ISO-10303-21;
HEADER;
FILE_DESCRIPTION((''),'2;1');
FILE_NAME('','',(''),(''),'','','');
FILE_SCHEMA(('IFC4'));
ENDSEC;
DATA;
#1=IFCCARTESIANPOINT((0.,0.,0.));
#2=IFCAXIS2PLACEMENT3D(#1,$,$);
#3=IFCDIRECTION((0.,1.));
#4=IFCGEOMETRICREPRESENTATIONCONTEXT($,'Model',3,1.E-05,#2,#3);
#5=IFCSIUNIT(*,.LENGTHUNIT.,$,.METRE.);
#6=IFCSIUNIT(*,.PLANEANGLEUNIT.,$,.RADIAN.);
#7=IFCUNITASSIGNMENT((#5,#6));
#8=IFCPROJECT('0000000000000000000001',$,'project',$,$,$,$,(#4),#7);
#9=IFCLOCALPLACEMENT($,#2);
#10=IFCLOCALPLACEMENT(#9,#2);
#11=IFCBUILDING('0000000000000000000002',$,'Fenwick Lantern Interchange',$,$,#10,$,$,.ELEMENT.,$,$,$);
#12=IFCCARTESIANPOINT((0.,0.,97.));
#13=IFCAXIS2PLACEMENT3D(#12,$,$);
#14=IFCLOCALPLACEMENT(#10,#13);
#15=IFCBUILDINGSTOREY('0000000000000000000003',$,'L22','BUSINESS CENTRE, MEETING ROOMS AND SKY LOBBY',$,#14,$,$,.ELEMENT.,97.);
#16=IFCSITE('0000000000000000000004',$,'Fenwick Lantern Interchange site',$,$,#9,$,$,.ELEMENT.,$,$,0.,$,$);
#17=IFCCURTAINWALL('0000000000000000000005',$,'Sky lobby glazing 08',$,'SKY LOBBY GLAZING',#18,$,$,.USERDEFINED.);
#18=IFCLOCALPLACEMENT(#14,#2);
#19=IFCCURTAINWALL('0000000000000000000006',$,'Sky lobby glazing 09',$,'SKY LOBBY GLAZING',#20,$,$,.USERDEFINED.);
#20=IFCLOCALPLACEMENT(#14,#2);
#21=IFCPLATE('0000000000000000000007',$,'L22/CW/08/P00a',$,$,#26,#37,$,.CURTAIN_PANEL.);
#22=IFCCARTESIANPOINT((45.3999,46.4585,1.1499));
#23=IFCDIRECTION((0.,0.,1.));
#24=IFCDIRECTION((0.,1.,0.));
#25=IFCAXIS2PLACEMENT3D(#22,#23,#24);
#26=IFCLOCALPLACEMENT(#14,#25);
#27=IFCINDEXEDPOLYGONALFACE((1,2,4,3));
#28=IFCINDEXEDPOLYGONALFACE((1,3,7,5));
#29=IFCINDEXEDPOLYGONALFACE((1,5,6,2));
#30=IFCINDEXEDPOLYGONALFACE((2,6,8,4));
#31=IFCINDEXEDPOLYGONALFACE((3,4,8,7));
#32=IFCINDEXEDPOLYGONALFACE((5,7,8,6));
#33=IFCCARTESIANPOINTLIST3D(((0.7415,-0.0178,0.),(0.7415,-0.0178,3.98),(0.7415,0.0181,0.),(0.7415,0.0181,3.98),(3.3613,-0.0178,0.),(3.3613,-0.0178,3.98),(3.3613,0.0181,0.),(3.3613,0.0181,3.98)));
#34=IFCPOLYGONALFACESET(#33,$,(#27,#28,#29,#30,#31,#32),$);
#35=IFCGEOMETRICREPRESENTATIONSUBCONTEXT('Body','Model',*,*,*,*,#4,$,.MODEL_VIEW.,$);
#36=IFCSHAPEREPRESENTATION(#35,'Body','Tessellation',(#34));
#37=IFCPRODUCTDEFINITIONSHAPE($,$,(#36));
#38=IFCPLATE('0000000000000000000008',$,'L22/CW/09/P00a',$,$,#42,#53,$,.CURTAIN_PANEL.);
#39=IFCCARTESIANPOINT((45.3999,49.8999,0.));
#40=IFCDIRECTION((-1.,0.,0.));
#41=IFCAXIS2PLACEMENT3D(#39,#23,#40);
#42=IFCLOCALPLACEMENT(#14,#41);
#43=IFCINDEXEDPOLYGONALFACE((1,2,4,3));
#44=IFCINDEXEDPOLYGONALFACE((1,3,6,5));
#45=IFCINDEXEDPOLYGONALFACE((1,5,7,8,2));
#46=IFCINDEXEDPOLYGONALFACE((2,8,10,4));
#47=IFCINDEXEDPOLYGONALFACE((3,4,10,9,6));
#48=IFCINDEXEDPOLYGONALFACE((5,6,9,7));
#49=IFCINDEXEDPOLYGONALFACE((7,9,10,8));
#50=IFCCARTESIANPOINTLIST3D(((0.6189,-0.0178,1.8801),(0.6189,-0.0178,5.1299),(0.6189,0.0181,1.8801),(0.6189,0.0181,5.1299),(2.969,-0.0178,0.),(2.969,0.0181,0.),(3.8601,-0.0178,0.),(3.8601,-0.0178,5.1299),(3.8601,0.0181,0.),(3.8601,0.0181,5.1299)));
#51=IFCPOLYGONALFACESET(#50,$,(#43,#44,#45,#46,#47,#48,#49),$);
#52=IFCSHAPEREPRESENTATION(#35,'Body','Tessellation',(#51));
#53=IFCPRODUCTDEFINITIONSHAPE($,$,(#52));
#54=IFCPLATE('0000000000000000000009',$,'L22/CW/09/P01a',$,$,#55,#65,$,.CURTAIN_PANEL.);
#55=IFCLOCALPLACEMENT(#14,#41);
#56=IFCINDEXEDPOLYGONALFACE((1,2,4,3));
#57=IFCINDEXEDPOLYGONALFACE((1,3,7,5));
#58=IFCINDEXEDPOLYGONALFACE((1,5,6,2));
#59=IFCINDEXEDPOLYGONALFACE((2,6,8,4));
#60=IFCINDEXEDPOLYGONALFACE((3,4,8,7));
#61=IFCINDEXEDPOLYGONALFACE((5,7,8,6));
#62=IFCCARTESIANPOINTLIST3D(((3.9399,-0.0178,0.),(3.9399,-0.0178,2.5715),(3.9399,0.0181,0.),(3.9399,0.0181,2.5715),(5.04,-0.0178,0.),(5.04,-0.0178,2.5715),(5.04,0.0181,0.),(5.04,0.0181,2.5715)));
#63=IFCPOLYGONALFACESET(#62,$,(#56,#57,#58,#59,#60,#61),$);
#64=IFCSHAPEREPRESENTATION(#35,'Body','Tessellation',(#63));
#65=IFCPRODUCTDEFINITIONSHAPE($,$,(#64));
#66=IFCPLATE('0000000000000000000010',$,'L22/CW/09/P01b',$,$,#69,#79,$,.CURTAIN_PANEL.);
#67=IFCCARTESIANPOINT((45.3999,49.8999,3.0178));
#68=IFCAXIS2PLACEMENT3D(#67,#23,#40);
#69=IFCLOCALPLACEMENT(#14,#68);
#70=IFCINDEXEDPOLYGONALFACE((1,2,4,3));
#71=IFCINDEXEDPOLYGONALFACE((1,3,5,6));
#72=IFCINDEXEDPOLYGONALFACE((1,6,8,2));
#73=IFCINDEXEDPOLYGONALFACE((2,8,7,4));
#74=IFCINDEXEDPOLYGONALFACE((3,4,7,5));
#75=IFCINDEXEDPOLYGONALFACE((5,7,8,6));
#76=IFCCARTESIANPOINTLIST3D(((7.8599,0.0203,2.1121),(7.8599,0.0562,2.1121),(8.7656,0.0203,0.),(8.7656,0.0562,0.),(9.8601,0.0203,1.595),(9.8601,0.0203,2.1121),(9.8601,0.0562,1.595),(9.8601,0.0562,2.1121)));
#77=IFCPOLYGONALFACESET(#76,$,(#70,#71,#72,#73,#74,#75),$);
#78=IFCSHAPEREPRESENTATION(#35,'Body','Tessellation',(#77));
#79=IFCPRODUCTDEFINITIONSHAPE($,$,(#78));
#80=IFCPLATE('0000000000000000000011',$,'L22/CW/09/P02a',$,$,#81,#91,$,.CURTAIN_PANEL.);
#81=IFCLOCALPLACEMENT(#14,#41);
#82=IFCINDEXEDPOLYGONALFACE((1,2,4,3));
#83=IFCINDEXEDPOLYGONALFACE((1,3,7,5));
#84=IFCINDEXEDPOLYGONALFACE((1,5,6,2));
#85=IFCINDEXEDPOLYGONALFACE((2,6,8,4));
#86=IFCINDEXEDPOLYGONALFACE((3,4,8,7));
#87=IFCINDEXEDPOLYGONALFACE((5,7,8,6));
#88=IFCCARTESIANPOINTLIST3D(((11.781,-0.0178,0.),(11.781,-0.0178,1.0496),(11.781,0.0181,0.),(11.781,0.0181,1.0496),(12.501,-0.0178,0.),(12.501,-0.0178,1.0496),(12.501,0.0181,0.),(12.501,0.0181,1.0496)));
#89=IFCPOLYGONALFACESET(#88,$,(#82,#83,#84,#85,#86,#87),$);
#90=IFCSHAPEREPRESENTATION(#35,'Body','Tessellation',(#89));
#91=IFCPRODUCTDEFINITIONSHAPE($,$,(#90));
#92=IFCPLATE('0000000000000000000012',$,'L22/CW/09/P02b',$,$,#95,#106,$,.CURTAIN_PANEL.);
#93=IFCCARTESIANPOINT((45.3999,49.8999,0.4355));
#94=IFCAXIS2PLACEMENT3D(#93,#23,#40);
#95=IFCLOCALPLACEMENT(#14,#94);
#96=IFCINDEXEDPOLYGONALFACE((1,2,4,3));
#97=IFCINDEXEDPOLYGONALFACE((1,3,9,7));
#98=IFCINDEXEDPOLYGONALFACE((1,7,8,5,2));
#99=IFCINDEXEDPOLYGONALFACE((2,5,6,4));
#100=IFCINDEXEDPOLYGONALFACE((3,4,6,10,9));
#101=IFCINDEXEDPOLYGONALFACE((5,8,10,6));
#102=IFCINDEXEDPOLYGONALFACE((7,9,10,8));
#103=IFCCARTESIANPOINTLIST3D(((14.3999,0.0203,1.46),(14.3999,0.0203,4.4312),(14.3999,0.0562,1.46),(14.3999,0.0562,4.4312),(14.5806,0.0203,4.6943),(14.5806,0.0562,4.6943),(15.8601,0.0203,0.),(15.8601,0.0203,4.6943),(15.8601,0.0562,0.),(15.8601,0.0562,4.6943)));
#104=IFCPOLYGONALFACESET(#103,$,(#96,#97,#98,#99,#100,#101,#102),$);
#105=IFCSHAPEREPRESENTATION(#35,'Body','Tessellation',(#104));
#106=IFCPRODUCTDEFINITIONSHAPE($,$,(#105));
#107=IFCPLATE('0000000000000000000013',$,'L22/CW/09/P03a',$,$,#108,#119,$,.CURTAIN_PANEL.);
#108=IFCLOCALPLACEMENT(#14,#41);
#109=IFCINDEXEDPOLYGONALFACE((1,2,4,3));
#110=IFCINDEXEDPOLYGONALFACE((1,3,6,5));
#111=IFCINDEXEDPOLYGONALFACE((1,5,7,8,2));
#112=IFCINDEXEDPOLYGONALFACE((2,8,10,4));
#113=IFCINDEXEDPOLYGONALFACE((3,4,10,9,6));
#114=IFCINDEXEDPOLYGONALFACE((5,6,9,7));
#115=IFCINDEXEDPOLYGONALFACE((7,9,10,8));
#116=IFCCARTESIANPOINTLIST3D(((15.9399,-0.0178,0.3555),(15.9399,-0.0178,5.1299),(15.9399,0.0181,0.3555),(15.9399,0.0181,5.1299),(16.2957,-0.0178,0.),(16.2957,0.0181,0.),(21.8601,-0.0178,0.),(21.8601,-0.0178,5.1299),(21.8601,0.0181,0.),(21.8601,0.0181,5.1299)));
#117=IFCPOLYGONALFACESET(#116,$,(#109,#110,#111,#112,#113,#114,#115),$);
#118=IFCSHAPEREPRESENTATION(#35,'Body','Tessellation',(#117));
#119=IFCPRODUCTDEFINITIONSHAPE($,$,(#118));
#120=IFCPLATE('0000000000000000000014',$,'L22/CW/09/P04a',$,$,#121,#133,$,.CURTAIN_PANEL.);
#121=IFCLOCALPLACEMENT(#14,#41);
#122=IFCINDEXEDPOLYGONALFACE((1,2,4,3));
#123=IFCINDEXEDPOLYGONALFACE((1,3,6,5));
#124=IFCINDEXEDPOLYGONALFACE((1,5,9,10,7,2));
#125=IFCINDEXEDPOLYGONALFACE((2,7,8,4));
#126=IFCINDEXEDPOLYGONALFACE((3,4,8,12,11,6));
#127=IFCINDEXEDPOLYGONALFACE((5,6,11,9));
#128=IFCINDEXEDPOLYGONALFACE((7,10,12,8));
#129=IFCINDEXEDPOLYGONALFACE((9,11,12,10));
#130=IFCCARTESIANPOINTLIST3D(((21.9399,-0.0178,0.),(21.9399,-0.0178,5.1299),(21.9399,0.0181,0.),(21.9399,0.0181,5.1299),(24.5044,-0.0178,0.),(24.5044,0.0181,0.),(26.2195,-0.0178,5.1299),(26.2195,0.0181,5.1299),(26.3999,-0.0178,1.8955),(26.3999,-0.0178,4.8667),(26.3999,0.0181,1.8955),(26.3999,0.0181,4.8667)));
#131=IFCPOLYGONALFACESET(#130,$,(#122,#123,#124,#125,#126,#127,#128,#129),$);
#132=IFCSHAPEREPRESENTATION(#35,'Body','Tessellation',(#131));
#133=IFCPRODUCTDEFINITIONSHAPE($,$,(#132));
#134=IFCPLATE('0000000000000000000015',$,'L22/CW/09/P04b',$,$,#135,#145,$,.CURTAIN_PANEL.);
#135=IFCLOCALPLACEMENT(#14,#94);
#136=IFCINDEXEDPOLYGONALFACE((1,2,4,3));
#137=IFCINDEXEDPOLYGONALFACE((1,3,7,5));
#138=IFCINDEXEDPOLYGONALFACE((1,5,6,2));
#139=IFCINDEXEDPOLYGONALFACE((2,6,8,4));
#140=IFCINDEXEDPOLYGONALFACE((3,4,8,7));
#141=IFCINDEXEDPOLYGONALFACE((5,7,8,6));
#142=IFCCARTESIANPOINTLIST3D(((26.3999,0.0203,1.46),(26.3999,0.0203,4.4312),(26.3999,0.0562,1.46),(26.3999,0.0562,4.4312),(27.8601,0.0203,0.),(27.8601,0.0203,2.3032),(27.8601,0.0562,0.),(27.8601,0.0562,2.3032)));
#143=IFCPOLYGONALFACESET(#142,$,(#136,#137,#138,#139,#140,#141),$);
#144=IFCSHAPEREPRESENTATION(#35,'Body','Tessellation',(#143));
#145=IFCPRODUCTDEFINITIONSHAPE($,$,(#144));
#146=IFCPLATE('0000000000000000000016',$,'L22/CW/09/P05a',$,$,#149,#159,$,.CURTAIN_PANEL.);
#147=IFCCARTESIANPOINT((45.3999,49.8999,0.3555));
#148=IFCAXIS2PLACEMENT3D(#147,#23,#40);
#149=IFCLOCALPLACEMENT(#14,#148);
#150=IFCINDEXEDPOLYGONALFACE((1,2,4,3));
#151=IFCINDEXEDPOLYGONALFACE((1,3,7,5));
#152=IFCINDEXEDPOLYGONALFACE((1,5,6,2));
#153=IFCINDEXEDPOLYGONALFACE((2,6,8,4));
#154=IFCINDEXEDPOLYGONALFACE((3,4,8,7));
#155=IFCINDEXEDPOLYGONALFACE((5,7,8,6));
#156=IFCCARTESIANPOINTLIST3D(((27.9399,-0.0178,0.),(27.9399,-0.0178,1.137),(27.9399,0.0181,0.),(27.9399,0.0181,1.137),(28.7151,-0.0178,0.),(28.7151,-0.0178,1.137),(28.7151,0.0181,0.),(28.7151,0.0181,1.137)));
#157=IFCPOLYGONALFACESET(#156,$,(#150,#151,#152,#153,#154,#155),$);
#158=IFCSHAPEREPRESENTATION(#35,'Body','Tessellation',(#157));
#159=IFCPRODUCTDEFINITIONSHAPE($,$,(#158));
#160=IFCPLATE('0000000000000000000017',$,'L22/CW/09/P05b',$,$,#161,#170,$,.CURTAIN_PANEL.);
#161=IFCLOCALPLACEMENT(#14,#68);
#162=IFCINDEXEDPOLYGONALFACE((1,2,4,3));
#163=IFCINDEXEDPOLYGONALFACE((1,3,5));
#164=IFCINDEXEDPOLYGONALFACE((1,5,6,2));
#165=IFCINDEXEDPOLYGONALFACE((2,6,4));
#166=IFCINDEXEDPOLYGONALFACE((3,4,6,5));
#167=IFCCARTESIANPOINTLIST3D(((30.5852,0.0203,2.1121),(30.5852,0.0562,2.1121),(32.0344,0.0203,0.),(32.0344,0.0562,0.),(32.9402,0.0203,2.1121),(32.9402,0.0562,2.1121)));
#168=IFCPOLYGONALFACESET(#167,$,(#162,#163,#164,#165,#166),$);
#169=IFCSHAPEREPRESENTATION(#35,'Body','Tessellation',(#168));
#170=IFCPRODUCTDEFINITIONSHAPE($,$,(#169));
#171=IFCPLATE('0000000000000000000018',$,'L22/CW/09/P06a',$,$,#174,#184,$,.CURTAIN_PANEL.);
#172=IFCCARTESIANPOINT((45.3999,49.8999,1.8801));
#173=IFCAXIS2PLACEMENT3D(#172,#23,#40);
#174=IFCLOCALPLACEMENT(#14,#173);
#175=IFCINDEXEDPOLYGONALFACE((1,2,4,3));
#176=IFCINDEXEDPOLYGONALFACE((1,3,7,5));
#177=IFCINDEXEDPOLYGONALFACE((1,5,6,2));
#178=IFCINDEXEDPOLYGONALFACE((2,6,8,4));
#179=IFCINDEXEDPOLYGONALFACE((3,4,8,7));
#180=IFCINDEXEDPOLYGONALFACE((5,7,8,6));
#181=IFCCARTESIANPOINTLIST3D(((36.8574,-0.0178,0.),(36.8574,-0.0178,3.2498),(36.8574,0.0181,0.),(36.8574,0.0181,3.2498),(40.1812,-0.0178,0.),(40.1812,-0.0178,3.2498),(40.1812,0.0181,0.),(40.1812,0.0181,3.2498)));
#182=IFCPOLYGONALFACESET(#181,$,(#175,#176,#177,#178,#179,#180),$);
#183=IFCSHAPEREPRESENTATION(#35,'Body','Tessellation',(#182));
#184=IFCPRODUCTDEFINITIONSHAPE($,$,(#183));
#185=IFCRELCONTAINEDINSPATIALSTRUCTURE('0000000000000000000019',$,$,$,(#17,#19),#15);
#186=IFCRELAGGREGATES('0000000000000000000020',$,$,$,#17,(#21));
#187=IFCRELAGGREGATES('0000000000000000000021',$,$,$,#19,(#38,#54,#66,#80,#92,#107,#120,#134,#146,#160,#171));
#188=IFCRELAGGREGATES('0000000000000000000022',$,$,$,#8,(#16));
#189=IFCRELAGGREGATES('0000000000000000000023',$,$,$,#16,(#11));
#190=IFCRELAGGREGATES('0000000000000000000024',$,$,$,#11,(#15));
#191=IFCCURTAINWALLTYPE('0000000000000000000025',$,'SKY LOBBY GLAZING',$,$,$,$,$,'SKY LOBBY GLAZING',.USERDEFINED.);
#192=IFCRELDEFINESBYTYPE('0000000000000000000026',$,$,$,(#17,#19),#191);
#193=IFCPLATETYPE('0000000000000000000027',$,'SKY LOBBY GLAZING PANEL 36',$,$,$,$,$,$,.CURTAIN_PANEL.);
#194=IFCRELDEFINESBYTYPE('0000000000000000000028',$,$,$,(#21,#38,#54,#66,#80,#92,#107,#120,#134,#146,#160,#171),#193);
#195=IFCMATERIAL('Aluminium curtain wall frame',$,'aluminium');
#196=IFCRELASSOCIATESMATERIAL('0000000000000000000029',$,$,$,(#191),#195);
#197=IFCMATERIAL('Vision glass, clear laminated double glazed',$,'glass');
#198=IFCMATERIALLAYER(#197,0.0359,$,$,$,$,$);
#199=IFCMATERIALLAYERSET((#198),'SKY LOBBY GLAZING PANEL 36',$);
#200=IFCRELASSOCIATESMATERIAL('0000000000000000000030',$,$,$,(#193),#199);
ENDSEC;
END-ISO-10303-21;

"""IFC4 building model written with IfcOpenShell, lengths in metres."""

from ifc_helpers import new_model, si_unit, direction, frame, origin, place, context, subcontext, project, spatial, polyline, outline, extrude, material, layer, layer_set, type_object, element, aggregate, save


model = new_model("IFC4")

# Units and contexts
model_context = context("Model", 3, precision=1e-05, world=origin(), true_north=direction((0.0, 1.0)))
body_context = subcontext(model_context, "Body", "Model", "MODEL_VIEW")
ifc_project = project(units=[si_unit("LENGTHUNIT", "METRE"), si_unit("PLANEANGLEUNIT", "RADIAN")], contexts=[model_context])

# Site, building, storey
site_placement = place(None, origin())
site = spatial("IfcSite", under=ifc_project, at=site_placement, Name="Fenwick Lantern Interchange site", CompositionType="ELEMENT", RefElevation=0.0)
building_placement = place(site_placement, origin())
building = spatial("IfcBuilding", under=site, at=building_placement, Name="Fenwick Lantern Interchange", CompositionType="ELEMENT")
storey_placement = place(building_placement, frame((0.0, 0.0, 97.0)))
storey = spatial("IfcBuildingStorey", under=building, at=storey_placement, Name="L22", Description="BUSINESS CENTRE, MEETING ROOMS AND SKY LOBBY", CompositionType="ELEMENT", Elevation=97.0)

# Shared definitions
ifc_material_1 = material(Name="Aluminium curtain wall frame", Category="aluminium")
curtain_wall_type = type_object("IfcCurtainWallType", Name="SKY LOBBY GLAZING", ElementType="SKY LOBBY GLAZING", PredefinedType="USERDEFINED", material=ifc_material_1)

# Curtain wall
curtain_wall_1_placement = place(storey_placement, origin())
curtain_wall_1 = element("IfcCurtainWall", 1, at=curtain_wall_1_placement, inside=storey, type_object=curtain_wall_type, Name="Sky lobby glazing 08", ObjectType="SKY LOBBY GLAZING", PredefinedType="USERDEFINED")

# Curtain wall
curtain_wall_2_placement = place(storey_placement, origin())
curtain_wall_2 = element("IfcCurtainWall", 2, at=curtain_wall_2_placement, inside=storey, type_object=curtain_wall_type, Name="Sky lobby glazing 09", ObjectType="SKY LOBBY GLAZING", PredefinedType="USERDEFINED")

# Plates
ifc_material_2 = material(Name="Vision glass, clear laminated double glazed", Category="glass")
ifc_layer_1 = layer(ifc_material_2, 0.0359)
ifc_layer_set_1 = layer_set([ifc_layer_1], Name="SKY LOBBY GLAZING PANEL 36")
plate_type = type_object("IfcPlateType", Name="SKY LOBBY GLAZING PANEL 36", PredefinedType="CURTAIN_PANEL", material=ifc_layer_set_1)
plate_1_placement = place(storey_placement, frame((45.3999, 46.4585, 1.1499), z_axis=(0.0, 0.0, 1.0), x_axis=(0.0, 1.0, 0.0)))
plate_1 = element("IfcPlate", 3, at=plate_1_placement, type_object=plate_type, Name="L22/CW/08/P00a", PredefinedType="CURTAIN_PANEL", context=body_context, shape_type="SweptSolid", body=[
    extrude(outline(polyline([(0.7415, 0.0), (3.3613, 0.0), (3.3613, 3.98), (0.7415, 3.98), (0.7415, 0.0)])), frame((0.0, 0.0181, 0.0), z_axis=(0.0, -1.0, 0.0), x_axis=(1.0, 0.0, 0.0)), (0.0, 0.0, 1.0), 0.0359),
])
aggregate(curtain_wall_1, [plate_1])
plate_2_placement = place(storey_placement, frame((45.3999, 49.8999, 0.0), z_axis=(0.0, 0.0, 1.0), x_axis=(-1.0, 0.0, 0.0)))
plate_2 = element("IfcPlate", 4, at=plate_2_placement, type_object=plate_type, Name="L22/CW/09/P00a", PredefinedType="CURTAIN_PANEL", context=body_context, shape_type="SweptSolid", body=[
    extrude(outline(polyline([(2.969, 0.0), (3.8601, 0.0), (3.8601, 5.1299), (0.6189, 5.1299), (0.6189, 1.8801), (2.969, 0.0)])), frame((0.0, 0.0181, 0.0), z_axis=(0.0, -1.0, 0.0), x_axis=(1.0, 0.0, 0.0)), (0.0, 0.0, 1.0), 0.0359),
])
plate_3_placement = place(storey_placement, frame((45.3999, 49.8999, 0.0), z_axis=(0.0, 0.0, 1.0), x_axis=(-1.0, 0.0, 0.0)))
plate_3 = element("IfcPlate", 5, at=plate_3_placement, type_object=plate_type, Name="L22/CW/09/P01a", PredefinedType="CURTAIN_PANEL", context=body_context, shape_type="SweptSolid", body=[
    extrude(outline(polyline([(3.9399, 0.0), (5.04, 0.0), (5.04, 2.5715), (3.9399, 2.5715), (3.9399, 0.0)])), frame((0.0, 0.0181, 0.0), z_axis=(0.0, -1.0, 0.0), x_axis=(1.0, 0.0, 0.0)), (0.0, 0.0, 1.0), 0.0359),
])
plate_4_placement = place(storey_placement, frame((45.3999, 49.8999, 3.0178), z_axis=(0.0, 0.0, 1.0), x_axis=(-1.0, 0.0, 0.0)))
plate_4 = element("IfcPlate", 6, at=plate_4_placement, type_object=plate_type, Name="L22/CW/09/P01b", PredefinedType="CURTAIN_PANEL", context=body_context, shape_type="SweptSolid", body=[
    extrude(outline(polyline([(8.7656, 0.0), (9.8601, 1.595), (9.8601, 2.1121), (7.8599, 2.1121), (8.7656, 0.0)])), frame((0.0, 0.0562, 0.0), z_axis=(0.0, -1.0, 0.0), x_axis=(1.0, 0.0, 0.0)), (0.0, 0.0, 1.0), 0.0359),
])
plate_5_placement = place(storey_placement, frame((45.3999, 49.8999, 0.0), z_axis=(0.0, 0.0, 1.0), x_axis=(-1.0, 0.0, 0.0)))
plate_5 = element("IfcPlate", 7, at=plate_5_placement, type_object=plate_type, Name="L22/CW/09/P02a", PredefinedType="CURTAIN_PANEL", context=body_context, shape_type="SweptSolid", body=[
    extrude(outline(polyline([(11.781, 0.0), (12.501, 0.0), (12.501, 1.0496), (11.781, 1.0496), (11.781, 0.0)])), frame((0.0, 0.0181, 0.0), z_axis=(0.0, -1.0, 0.0), x_axis=(1.0, 0.0, 0.0)), (0.0, 0.0, 1.0), 0.0359),
])
plate_6_placement = place(storey_placement, frame((45.3999, 49.8999, 0.4355), z_axis=(0.0, 0.0, 1.0), x_axis=(-1.0, 0.0, 0.0)))
plate_6 = element("IfcPlate", 8, at=plate_6_placement, type_object=plate_type, Name="L22/CW/09/P02b", PredefinedType="CURTAIN_PANEL", context=body_context, shape_type="SweptSolid", body=[
    extrude(outline(polyline([(15.8601, 0.0), (15.8601, 4.6943), (14.5806, 4.6943), (14.3999, 4.4312), (14.3999, 1.46), (15.8601, 0.0)])), frame((0.0, 0.0562, 0.0), z_axis=(0.0, -1.0, 0.0), x_axis=(1.0, 0.0, 0.0)), (0.0, 0.0, 1.0), 0.0359),
])
plate_7_placement = place(storey_placement, frame((45.3999, 49.8999, 0.0), z_axis=(0.0, 0.0, 1.0), x_axis=(-1.0, 0.0, 0.0)))
plate_7 = element("IfcPlate", 9, at=plate_7_placement, type_object=plate_type, Name="L22/CW/09/P03a", PredefinedType="CURTAIN_PANEL", context=body_context, shape_type="SweptSolid", body=[
    extrude(outline(polyline([(16.2957, 0.0), (21.8601, 0.0), (21.8601, 5.1299), (15.9399, 5.1299), (15.9399, 0.3555), (16.2957, 0.0)])), frame((0.0, 0.0181, 0.0), z_axis=(0.0, -1.0, 0.0), x_axis=(1.0, 0.0, 0.0)), (0.0, 0.0, 1.0), 0.0359),
])
plate_8_placement = place(storey_placement, frame((45.3999, 49.8999, 0.0), z_axis=(0.0, 0.0, 1.0), x_axis=(-1.0, 0.0, 0.0)))
plate_8 = element("IfcPlate", 10, at=plate_8_placement, type_object=plate_type, Name="L22/CW/09/P04a", PredefinedType="CURTAIN_PANEL", context=body_context, shape_type="SweptSolid", body=[
    extrude(outline(polyline([(21.9399, 0.0), (24.5044, 0.0), (26.3999, 1.8955), (26.3999, 4.8667), (26.2195, 5.1299), (21.9399, 5.1299), (21.9399, 0.0)])), frame((0.0, 0.0181, 0.0), z_axis=(0.0, -1.0, 0.0), x_axis=(1.0, 0.0, 0.0)), (0.0, 0.0, 1.0), 0.0359),
])
plate_9_placement = place(storey_placement, frame((45.3999, 49.8999, 0.4355), z_axis=(0.0, 0.0, 1.0), x_axis=(-1.0, 0.0, 0.0)))
plate_9 = element("IfcPlate", 11, at=plate_9_placement, type_object=plate_type, Name="L22/CW/09/P04b", PredefinedType="CURTAIN_PANEL", context=body_context, shape_type="SweptSolid", body=[
    extrude(outline(polyline([(27.8601, 0.0), (27.8601, 2.3032), (26.3999, 4.4312), (26.3999, 1.46), (27.8601, 0.0)])), frame((0.0, 0.0562, 0.0), z_axis=(0.0, -1.0, 0.0), x_axis=(1.0, 0.0, 0.0)), (0.0, 0.0, 1.0), 0.0359),
])
plate_10_placement = place(storey_placement, frame((45.3999, 49.8999, 0.3555), z_axis=(0.0, 0.0, 1.0), x_axis=(-1.0, 0.0, 0.0)))
plate_10 = element("IfcPlate", 12, at=plate_10_placement, type_object=plate_type, Name="L22/CW/09/P05a", PredefinedType="CURTAIN_PANEL", context=body_context, shape_type="SweptSolid", body=[
    extrude(outline(polyline([(27.9399, 0.0), (28.7151, 0.0), (28.7151, 1.137), (27.9399, 1.137), (27.9399, 0.0)])), frame((0.0, 0.0181, 0.0), z_axis=(0.0, -1.0, 0.0), x_axis=(1.0, 0.0, 0.0)), (0.0, 0.0, 1.0), 0.0359),
])
plate_11_placement = place(storey_placement, frame((45.3999, 49.8999, 3.0178), z_axis=(0.0, 0.0, 1.0), x_axis=(-1.0, 0.0, 0.0)))
plate_11 = element("IfcPlate", 13, at=plate_11_placement, type_object=plate_type, Name="L22/CW/09/P05b", PredefinedType="CURTAIN_PANEL", context=body_context, shape_type="SweptSolid", body=[
    extrude(outline(polyline([(32.0344, 0.0), (32.9402, 2.1121), (30.5852, 2.1121), (32.0344, 0.0)])), frame((0.0, 0.0562, 0.0), z_axis=(0.0, -1.0, 0.0), x_axis=(1.0, 0.0, 0.0)), (0.0, 0.0, 1.0), 0.0359),
])
plate_12_placement = place(storey_placement, frame((45.3999, 49.8999, 1.8801), z_axis=(0.0, 0.0, 1.0), x_axis=(-1.0, 0.0, 0.0)))
plate_12 = element("IfcPlate", 14, at=plate_12_placement, type_object=plate_type, Name="L22/CW/09/P06a", PredefinedType="CURTAIN_PANEL", context=body_context, shape_type="SweptSolid", body=[
    extrude(outline(polyline([(36.8574, 0.0), (40.1812, 0.0), (40.1812, 3.2498), (36.8574, 3.2498), (36.8574, 0.0)])), frame((0.0, 0.0181, 0.0), z_axis=(0.0, -1.0, 0.0), x_axis=(1.0, 0.0, 0.0)), (0.0, 0.0, 1.0), 0.0359),
])
aggregate(curtain_wall_2, [plate_2, plate_3, plate_4, plate_5, plate_6, plate_7, plate_8, plate_9, plate_10, plate_11, plate_12])

save(model, "model.ifc")
